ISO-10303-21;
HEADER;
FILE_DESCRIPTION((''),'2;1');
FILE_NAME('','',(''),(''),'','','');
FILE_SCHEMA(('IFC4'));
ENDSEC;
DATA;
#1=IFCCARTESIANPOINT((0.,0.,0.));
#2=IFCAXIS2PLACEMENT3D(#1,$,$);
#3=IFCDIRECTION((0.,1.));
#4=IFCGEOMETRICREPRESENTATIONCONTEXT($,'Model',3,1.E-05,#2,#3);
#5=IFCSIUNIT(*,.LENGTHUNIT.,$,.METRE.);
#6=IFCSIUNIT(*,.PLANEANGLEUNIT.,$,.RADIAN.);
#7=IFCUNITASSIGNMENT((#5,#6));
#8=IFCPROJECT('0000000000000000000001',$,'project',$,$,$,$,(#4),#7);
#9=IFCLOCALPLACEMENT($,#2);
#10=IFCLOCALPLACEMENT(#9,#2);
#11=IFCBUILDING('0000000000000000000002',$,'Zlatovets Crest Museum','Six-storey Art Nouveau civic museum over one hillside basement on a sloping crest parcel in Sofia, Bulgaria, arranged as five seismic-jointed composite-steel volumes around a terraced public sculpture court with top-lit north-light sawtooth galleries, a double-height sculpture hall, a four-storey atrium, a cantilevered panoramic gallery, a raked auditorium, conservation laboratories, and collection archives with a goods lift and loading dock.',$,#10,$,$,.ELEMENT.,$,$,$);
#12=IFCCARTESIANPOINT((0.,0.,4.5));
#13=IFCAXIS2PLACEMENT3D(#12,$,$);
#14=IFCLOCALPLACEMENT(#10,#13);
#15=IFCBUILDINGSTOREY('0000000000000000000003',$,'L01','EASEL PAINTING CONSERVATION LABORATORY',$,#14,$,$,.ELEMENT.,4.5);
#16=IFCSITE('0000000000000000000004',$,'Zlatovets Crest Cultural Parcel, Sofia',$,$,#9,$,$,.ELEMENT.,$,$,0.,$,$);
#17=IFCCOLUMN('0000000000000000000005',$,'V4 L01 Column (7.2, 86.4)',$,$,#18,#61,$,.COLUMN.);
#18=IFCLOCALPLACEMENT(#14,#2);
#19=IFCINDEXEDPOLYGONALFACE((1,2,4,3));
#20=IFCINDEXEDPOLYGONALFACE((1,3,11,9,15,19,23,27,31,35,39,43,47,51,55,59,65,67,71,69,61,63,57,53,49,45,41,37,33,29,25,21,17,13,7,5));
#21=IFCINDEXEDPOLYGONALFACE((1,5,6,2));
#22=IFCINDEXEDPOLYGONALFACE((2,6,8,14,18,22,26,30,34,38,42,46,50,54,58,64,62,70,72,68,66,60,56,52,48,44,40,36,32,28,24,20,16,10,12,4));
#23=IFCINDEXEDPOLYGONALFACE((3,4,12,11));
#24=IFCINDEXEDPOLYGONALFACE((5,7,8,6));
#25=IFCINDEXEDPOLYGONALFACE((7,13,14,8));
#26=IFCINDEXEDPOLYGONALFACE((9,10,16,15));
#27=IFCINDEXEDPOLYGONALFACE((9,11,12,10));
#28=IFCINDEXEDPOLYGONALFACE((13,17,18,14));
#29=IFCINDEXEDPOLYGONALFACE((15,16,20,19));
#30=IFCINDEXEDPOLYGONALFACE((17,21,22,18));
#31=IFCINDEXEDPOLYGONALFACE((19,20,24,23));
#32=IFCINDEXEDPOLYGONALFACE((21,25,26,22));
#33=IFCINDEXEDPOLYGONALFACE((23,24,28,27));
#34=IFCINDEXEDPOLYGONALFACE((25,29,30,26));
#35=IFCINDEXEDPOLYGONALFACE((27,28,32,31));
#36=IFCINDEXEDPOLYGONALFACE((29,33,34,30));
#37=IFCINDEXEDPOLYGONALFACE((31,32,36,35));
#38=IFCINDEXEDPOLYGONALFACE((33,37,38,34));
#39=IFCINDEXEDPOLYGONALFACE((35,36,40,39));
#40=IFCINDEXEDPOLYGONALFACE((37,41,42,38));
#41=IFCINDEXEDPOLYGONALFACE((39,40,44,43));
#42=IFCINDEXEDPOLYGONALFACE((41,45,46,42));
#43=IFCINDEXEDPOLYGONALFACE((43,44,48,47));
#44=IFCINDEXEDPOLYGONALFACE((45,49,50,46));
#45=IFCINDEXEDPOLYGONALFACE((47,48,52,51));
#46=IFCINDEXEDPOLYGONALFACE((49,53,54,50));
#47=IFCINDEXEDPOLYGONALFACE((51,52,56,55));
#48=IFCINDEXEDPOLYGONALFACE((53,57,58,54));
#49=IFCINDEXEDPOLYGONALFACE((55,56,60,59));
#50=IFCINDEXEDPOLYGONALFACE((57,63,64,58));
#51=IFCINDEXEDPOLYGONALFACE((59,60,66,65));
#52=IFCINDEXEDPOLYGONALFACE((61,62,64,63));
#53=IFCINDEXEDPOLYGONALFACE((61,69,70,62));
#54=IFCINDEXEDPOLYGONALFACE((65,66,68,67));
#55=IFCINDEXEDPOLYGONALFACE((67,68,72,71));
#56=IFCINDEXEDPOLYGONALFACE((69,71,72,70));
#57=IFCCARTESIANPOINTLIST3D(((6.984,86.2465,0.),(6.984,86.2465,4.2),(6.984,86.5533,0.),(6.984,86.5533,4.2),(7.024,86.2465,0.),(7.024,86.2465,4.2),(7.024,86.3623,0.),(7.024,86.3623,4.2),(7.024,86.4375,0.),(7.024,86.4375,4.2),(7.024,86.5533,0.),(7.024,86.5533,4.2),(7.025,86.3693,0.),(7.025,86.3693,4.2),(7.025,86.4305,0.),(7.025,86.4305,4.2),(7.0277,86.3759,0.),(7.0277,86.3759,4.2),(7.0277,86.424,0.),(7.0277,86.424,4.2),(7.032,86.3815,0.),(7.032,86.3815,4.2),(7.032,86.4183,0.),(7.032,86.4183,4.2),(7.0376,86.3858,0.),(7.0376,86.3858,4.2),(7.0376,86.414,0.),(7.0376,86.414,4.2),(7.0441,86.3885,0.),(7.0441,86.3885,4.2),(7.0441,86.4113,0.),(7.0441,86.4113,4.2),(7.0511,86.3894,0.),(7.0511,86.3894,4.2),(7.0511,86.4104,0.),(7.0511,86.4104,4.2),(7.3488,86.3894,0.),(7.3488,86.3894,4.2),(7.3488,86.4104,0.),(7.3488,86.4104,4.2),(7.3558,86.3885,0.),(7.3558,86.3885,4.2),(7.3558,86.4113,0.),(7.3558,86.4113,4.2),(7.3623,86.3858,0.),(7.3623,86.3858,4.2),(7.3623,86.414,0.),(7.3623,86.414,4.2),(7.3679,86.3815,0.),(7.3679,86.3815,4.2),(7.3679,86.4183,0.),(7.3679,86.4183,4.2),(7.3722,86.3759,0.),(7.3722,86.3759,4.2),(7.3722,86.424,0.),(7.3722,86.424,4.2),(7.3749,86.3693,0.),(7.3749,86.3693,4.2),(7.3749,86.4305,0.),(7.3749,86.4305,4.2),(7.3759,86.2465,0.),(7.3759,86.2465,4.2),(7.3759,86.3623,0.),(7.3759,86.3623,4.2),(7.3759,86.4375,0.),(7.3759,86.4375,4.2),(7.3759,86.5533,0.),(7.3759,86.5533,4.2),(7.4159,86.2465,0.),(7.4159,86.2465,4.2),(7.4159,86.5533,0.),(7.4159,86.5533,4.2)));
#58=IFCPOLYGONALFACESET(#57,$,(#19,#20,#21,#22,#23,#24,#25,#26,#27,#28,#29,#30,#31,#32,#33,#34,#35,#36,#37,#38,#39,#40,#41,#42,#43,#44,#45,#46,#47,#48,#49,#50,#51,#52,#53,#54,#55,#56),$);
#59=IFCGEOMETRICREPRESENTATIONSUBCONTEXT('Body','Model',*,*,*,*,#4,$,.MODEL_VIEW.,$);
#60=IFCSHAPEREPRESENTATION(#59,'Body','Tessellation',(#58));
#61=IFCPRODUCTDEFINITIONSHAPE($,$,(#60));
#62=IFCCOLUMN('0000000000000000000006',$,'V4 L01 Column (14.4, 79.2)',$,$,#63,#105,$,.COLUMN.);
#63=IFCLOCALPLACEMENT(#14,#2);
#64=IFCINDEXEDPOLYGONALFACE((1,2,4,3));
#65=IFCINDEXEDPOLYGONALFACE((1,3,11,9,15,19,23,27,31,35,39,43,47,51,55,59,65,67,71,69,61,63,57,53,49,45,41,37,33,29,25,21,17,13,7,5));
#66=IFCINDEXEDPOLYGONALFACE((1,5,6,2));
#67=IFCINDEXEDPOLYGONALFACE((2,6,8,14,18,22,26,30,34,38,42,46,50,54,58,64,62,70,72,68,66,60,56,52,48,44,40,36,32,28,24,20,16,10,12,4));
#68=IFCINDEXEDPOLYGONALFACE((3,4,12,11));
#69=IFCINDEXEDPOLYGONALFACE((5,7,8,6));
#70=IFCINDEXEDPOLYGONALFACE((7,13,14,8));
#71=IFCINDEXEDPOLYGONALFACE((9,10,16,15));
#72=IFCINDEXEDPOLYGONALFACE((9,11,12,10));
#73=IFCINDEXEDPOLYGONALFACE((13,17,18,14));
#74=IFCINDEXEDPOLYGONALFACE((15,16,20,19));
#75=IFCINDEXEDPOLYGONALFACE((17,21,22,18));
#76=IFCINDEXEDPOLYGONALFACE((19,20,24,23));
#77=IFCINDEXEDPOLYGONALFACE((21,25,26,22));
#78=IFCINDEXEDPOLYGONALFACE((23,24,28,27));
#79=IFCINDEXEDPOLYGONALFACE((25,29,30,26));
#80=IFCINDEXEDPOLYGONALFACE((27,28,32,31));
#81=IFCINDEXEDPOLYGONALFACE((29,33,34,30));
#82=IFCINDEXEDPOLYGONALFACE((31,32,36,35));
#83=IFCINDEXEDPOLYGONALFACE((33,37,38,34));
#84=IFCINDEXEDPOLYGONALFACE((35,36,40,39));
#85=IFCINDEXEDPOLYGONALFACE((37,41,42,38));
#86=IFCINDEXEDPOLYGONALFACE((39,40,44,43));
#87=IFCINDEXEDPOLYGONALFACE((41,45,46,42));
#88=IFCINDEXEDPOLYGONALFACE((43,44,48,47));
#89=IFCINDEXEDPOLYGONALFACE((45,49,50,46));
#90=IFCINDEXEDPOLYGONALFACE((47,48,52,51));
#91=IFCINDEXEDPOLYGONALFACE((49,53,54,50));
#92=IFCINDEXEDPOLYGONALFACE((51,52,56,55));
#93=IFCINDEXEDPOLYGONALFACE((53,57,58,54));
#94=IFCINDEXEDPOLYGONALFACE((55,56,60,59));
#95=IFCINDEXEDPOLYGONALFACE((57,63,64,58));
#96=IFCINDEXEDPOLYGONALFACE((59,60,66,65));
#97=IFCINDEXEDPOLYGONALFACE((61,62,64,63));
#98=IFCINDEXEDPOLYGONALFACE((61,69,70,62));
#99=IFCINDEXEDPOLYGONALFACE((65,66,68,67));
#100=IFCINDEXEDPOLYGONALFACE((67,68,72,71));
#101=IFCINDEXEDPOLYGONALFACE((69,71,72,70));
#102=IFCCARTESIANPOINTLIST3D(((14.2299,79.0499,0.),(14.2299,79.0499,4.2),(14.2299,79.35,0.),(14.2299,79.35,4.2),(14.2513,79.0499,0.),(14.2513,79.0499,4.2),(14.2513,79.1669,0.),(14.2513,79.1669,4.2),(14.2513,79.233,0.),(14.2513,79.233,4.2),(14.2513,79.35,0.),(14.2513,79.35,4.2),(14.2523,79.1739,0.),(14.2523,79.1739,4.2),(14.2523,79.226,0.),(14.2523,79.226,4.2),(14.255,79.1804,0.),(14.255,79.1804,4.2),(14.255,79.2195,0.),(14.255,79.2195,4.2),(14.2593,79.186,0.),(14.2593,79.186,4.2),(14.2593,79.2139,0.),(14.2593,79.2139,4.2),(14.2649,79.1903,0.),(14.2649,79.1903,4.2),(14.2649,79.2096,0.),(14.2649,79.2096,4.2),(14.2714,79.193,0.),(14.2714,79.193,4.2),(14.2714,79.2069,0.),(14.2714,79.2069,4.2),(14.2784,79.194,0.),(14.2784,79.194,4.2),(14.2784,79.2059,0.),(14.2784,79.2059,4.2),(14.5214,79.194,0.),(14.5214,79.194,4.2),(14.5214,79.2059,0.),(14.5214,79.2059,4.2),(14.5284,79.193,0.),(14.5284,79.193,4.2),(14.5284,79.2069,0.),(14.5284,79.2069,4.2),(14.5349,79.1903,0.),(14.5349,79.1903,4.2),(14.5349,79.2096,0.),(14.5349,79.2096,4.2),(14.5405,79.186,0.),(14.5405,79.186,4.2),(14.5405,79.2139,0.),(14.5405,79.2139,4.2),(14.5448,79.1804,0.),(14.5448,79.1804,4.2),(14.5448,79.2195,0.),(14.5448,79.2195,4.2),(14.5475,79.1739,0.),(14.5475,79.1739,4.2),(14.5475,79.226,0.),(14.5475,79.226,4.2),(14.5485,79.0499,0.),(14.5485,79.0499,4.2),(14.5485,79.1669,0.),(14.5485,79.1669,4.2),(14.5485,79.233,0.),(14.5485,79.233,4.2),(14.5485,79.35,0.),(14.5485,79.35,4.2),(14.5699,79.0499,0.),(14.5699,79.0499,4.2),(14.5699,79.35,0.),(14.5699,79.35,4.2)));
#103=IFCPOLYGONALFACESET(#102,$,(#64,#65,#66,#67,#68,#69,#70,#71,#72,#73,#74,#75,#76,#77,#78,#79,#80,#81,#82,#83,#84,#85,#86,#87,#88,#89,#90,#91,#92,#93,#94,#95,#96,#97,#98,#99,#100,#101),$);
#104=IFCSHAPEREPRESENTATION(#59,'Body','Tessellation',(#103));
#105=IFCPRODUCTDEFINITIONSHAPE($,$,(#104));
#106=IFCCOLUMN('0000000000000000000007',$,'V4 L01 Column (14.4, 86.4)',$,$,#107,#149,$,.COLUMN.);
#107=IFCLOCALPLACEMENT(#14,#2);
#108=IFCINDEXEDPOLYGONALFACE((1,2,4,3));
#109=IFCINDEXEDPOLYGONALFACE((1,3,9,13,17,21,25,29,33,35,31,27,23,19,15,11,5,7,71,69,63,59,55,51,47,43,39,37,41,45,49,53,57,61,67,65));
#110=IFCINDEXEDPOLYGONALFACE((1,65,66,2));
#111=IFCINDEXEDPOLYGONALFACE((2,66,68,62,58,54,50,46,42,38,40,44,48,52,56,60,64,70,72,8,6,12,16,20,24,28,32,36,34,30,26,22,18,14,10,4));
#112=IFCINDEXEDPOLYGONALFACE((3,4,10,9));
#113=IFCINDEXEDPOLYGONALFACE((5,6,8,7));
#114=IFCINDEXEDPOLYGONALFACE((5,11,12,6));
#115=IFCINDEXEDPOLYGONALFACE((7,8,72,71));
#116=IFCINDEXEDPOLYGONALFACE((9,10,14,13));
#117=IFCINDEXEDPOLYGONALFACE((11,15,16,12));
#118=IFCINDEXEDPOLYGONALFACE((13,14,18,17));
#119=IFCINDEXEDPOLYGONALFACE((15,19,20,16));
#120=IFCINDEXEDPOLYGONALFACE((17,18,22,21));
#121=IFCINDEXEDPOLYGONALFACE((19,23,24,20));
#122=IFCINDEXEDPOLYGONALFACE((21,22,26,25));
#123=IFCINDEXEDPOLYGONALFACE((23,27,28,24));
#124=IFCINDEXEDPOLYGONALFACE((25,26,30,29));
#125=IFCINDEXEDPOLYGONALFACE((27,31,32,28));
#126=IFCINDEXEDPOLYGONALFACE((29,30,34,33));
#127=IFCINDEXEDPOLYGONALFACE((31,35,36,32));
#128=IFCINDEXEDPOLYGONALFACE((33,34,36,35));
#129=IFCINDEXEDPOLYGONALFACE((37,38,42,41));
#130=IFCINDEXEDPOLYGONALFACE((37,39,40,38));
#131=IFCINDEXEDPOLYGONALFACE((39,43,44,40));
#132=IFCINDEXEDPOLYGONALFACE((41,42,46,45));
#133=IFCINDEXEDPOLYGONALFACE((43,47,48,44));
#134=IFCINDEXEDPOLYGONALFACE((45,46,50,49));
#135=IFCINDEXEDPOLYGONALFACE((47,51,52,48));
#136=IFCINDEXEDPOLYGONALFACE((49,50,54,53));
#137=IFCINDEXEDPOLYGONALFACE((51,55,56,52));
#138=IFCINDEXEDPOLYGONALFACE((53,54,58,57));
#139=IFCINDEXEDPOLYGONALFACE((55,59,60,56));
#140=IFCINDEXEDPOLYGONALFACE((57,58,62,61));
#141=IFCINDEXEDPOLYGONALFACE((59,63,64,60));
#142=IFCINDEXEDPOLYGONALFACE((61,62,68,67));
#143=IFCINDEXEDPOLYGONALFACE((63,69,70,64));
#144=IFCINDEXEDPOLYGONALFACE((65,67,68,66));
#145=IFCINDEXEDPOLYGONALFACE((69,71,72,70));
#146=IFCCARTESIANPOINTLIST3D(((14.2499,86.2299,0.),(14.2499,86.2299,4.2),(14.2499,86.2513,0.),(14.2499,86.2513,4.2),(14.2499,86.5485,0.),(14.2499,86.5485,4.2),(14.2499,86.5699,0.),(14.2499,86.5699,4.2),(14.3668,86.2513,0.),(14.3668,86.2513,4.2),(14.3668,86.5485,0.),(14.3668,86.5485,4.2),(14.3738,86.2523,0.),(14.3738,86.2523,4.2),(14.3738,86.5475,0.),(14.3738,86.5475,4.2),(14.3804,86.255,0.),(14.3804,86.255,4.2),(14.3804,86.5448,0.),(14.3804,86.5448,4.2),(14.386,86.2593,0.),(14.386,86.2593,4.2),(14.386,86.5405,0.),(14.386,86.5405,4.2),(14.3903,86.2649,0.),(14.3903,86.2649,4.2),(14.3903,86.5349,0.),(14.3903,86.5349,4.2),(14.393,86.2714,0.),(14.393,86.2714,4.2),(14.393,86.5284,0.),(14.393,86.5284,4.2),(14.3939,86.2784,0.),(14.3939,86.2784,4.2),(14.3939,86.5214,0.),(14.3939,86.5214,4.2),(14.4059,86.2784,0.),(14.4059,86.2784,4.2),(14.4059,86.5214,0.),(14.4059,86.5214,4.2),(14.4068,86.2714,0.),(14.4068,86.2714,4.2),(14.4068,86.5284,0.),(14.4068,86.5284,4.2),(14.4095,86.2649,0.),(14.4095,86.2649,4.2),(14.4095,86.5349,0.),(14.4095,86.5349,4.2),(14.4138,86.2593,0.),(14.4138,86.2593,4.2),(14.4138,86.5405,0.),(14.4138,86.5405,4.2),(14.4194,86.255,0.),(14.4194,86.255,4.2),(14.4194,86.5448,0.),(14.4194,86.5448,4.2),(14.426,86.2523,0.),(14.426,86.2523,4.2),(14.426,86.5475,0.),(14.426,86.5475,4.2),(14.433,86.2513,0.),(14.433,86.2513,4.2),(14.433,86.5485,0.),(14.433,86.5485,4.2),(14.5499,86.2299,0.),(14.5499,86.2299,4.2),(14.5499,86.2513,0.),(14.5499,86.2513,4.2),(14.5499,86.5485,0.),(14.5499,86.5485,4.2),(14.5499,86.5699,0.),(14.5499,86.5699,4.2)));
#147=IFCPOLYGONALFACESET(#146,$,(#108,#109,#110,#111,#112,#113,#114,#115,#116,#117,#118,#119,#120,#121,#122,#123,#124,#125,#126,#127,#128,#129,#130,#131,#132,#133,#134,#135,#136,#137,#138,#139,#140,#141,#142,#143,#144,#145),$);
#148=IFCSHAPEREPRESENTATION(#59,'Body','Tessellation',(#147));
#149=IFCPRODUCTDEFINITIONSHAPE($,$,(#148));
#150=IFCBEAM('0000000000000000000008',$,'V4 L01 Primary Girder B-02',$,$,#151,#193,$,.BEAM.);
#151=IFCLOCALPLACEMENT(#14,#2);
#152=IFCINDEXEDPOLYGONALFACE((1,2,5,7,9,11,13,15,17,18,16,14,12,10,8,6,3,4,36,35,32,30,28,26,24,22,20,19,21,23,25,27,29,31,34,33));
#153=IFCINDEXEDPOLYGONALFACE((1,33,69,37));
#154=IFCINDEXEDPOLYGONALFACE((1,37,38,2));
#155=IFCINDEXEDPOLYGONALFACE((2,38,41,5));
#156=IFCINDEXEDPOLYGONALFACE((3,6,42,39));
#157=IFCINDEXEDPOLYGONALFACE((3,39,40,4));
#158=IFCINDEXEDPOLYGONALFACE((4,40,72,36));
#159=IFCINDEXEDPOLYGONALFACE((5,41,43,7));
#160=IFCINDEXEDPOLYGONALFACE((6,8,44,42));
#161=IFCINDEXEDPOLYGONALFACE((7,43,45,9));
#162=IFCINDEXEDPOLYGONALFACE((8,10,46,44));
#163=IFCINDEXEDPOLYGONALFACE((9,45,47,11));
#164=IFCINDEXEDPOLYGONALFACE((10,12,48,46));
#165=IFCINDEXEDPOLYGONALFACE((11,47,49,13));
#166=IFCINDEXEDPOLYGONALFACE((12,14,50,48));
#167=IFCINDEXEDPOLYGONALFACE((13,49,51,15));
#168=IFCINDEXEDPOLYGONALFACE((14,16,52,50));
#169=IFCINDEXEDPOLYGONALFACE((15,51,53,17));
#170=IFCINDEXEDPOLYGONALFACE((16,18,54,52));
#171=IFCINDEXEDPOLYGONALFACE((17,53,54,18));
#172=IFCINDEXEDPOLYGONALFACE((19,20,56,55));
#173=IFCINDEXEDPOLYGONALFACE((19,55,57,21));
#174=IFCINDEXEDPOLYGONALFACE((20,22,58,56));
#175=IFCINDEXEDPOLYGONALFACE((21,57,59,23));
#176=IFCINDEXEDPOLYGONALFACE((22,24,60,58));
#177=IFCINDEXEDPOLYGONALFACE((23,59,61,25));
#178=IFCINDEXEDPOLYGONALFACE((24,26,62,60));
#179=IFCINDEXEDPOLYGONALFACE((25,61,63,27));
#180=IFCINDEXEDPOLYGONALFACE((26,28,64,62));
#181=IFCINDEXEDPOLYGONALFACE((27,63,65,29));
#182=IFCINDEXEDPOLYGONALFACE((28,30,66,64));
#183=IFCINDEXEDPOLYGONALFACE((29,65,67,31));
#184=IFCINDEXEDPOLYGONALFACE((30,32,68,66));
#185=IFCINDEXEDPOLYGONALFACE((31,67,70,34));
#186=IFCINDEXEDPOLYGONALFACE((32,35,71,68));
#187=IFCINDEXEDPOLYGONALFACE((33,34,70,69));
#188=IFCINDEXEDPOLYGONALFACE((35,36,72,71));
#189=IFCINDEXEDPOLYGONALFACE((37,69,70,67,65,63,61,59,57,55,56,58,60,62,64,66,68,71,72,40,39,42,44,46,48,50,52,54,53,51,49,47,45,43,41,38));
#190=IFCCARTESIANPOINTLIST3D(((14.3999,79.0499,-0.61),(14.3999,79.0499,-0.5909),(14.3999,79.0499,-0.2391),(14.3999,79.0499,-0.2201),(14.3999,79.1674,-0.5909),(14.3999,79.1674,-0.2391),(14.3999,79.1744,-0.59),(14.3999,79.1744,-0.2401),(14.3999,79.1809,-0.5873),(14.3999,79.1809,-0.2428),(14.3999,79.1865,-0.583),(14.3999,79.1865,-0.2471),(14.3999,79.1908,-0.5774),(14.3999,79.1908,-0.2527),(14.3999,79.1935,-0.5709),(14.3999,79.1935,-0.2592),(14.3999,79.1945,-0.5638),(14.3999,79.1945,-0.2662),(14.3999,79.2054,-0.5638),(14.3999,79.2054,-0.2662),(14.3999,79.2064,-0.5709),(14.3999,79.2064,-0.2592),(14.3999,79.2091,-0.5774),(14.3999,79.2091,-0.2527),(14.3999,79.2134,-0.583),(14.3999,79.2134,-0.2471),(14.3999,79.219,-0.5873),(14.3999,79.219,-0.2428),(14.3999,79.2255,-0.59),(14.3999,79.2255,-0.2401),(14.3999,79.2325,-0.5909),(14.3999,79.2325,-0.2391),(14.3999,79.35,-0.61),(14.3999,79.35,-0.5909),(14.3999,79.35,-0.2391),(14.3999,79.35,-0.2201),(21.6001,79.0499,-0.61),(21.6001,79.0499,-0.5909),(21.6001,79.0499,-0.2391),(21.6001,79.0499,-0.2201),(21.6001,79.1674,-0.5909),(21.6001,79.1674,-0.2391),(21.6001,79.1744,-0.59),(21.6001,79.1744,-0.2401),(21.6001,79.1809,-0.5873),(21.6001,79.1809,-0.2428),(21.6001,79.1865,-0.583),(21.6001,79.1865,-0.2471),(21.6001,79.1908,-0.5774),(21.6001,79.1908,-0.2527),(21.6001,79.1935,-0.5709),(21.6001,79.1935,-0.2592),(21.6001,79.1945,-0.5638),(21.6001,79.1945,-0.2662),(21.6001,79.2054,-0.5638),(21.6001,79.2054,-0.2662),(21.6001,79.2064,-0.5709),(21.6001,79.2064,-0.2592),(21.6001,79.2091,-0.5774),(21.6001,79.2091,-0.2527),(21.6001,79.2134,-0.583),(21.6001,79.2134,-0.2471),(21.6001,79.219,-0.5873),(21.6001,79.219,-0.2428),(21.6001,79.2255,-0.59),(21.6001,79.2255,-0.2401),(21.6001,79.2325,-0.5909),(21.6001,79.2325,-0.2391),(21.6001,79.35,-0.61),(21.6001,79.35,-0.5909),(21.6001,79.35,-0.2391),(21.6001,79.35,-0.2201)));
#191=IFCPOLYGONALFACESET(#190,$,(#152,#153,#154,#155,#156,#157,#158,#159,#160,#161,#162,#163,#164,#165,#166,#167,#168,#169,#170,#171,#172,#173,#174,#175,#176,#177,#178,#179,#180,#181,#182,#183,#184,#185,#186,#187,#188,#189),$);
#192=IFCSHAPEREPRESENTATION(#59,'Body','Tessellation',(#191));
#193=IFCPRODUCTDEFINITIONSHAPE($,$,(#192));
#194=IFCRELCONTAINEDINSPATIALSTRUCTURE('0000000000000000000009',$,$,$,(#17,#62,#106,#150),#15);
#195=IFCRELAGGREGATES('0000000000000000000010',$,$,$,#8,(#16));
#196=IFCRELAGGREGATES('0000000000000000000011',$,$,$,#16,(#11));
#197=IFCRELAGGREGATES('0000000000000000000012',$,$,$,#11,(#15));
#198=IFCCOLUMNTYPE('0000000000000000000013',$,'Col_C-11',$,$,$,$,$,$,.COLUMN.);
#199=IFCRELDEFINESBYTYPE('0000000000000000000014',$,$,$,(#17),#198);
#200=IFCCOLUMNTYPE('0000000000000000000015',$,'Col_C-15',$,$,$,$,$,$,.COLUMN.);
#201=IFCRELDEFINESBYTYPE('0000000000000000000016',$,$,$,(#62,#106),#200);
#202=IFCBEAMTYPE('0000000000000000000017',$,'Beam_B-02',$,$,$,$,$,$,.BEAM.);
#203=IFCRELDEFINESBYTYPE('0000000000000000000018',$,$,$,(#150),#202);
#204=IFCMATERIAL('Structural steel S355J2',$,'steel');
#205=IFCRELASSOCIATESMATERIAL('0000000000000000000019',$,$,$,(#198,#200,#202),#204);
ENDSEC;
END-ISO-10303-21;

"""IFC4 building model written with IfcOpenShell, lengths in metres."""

from ifc_helpers import new_model, si_unit, direction, frame, origin, origin_2d, place, context, subcontext, project, spatial, i_section, extrude, material, material_profile, profile_set, type_object, element, save


model = new_model("IFC4")

# Units and contexts
model_context = context("Model", 3, precision=1e-05, world=origin(), true_north=direction((0.0, 1.0)))
body_context = subcontext(model_context, "Body", "Model", "MODEL_VIEW")
ifc_project = project(units=[si_unit("LENGTHUNIT", "METRE"), si_unit("PLANEANGLEUNIT", "RADIAN")], contexts=[model_context])

# Site, building, storey
site_placement = place(None, origin())
site = spatial("IfcSite", under=ifc_project, at=site_placement, Name="Zlatovets Crest Cultural Parcel, Sofia", CompositionType="ELEMENT", RefElevation=0.0)
building_placement = place(site_placement, origin())
building = spatial("IfcBuilding", under=site, at=building_placement, Name="Zlatovets Crest Museum", Description="Six-storey Art Nouveau civic museum over one hillside basement on a sloping crest parcel in Sofia, Bulgaria, arranged as five seismic-jointed composite-steel volumes around a terraced public sculpture court with top-lit north-light sawtooth galleries, a double-height sculpture hall, a four-storey atrium, a cantilevered panoramic gallery, a raked auditorium, conservation laboratories, and collection archives with a goods lift and loading dock.", CompositionType="ELEMENT")
storey_placement = place(building_placement, frame((0.0, 0.0, 4.5)))
storey = spatial("IfcBuildingStorey", under=building, at=storey_placement, Name="L01", Description="EASEL PAINTING CONSERVATION LABORATORY", CompositionType="ELEMENT", Elevation=4.5)

# Columns
ifc_material_1 = material(Name="Structural steel S355J2", Category="steel")
ifc_material_profile_1 = material_profile(ifc_material_1, i_section(OverallWidth=0.3069, OverallDepth=0.4319, WebThickness=0.021, FlangeThickness=0.04, FilletRadius=0.0271, at=origin_2d()), Name="HEM 400")
ifc_profile_set_1 = profile_set([ifc_material_profile_1], Name="Structural steel S355J2")
column_type_1 = type_object("IfcColumnType", Name="Col_C-11", PredefinedType="COLUMN", material=ifc_profile_set_1)
column_placement = place(storey_placement, frame((7.2, 86.3999, 0.0), z_axis=(0.0, 0.0, 1.0), x_axis=(0.0, 1.0, 0.0)))
element("IfcColumn", 1, at=column_placement, inside=storey, type_object=column_type_1, Name="V4 L01 Column (7.2, 86.4)", PredefinedType="COLUMN", context=body_context, shape_type="SweptSolid", body=[
    extrude(i_section(OverallWidth=0.3069, OverallDepth=0.4319, WebThickness=0.021, FlangeThickness=0.04, FilletRadius=0.0271, at=origin_2d()), origin(), (0.0, 0.0, 1.0), 4.2),
])
ifc_material_profile_2 = material_profile(ifc_material_1, i_section(OverallWidth=0.3, OverallDepth=0.3401, WebThickness=0.012, FlangeThickness=0.0215, FilletRadius=0.0271, at=origin_2d()), Name="HEB 340")
ifc_profile_set_2 = profile_set([ifc_material_profile_2], Name="Structural steel S355J2")
column_type_2 = type_object("IfcColumnType", Name="Col_C-15", PredefinedType="COLUMN", material=ifc_profile_set_2)
for number, where, z_axis, x_axis, name in (
    (2, (14.3999, 79.2, 0.0), (0.0, 0.0, 1.0), (0.0, 1.0, 0.0), "V4 L01 Column (14.4, 79.2)"),
    (3, (14.3999, 86.3999, 0.0), (0.0, 0.0, 1.0), (1.0, 0.0, 0.0), "V4 L01 Column (14.4, 86.4)"),
):
    element("IfcColumn", number, at=place(storey_placement, frame(where, z_axis=z_axis, x_axis=x_axis)), inside=storey, type_object=column_type_2, Name=name, PredefinedType="COLUMN", context=body_context, shape_type="SweptSolid", body=[
        extrude(i_section(OverallWidth=0.3, OverallDepth=0.3401, WebThickness=0.012, FlangeThickness=0.0215, FilletRadius=0.0271, at=origin_2d()), origin(), (0.0, 0.0, 1.0), 4.2),
    ])

# Beam
ifc_material_profile_3 = material_profile(ifc_material_1, i_section(OverallWidth=0.3, OverallDepth=0.3899, WebThickness=0.011, FlangeThickness=0.019, FilletRadius=0.0271, at=origin_2d()), Name="HEA 400")
ifc_profile_set_3 = profile_set([ifc_material_profile_3], Name="Structural steel S355J2")
beam_type_1 = type_object("IfcBeamType", Name="Beam_B-02", PredefinedType="BEAM", material=ifc_profile_set_3)
beam_1_placement = place(storey_placement, frame((14.3999, 79.2, -0.415), z_axis=(1.0, 0.0, 0.0), x_axis=(0.0, 1.0, 0.0)))
element("IfcBeam", 4, at=beam_1_placement, inside=storey, type_object=beam_type_1, Name="V4 L01 Primary Girder B-02", PredefinedType="BEAM", context=body_context, shape_type="SweptSolid", body=[
    extrude(i_section(OverallWidth=0.3, OverallDepth=0.3899, WebThickness=0.011, FlangeThickness=0.019, FilletRadius=0.0271, at=origin_2d()), origin(), (0.0, 0.0, 1.0), 7.2002),
])

save(model, "model.ifc")
